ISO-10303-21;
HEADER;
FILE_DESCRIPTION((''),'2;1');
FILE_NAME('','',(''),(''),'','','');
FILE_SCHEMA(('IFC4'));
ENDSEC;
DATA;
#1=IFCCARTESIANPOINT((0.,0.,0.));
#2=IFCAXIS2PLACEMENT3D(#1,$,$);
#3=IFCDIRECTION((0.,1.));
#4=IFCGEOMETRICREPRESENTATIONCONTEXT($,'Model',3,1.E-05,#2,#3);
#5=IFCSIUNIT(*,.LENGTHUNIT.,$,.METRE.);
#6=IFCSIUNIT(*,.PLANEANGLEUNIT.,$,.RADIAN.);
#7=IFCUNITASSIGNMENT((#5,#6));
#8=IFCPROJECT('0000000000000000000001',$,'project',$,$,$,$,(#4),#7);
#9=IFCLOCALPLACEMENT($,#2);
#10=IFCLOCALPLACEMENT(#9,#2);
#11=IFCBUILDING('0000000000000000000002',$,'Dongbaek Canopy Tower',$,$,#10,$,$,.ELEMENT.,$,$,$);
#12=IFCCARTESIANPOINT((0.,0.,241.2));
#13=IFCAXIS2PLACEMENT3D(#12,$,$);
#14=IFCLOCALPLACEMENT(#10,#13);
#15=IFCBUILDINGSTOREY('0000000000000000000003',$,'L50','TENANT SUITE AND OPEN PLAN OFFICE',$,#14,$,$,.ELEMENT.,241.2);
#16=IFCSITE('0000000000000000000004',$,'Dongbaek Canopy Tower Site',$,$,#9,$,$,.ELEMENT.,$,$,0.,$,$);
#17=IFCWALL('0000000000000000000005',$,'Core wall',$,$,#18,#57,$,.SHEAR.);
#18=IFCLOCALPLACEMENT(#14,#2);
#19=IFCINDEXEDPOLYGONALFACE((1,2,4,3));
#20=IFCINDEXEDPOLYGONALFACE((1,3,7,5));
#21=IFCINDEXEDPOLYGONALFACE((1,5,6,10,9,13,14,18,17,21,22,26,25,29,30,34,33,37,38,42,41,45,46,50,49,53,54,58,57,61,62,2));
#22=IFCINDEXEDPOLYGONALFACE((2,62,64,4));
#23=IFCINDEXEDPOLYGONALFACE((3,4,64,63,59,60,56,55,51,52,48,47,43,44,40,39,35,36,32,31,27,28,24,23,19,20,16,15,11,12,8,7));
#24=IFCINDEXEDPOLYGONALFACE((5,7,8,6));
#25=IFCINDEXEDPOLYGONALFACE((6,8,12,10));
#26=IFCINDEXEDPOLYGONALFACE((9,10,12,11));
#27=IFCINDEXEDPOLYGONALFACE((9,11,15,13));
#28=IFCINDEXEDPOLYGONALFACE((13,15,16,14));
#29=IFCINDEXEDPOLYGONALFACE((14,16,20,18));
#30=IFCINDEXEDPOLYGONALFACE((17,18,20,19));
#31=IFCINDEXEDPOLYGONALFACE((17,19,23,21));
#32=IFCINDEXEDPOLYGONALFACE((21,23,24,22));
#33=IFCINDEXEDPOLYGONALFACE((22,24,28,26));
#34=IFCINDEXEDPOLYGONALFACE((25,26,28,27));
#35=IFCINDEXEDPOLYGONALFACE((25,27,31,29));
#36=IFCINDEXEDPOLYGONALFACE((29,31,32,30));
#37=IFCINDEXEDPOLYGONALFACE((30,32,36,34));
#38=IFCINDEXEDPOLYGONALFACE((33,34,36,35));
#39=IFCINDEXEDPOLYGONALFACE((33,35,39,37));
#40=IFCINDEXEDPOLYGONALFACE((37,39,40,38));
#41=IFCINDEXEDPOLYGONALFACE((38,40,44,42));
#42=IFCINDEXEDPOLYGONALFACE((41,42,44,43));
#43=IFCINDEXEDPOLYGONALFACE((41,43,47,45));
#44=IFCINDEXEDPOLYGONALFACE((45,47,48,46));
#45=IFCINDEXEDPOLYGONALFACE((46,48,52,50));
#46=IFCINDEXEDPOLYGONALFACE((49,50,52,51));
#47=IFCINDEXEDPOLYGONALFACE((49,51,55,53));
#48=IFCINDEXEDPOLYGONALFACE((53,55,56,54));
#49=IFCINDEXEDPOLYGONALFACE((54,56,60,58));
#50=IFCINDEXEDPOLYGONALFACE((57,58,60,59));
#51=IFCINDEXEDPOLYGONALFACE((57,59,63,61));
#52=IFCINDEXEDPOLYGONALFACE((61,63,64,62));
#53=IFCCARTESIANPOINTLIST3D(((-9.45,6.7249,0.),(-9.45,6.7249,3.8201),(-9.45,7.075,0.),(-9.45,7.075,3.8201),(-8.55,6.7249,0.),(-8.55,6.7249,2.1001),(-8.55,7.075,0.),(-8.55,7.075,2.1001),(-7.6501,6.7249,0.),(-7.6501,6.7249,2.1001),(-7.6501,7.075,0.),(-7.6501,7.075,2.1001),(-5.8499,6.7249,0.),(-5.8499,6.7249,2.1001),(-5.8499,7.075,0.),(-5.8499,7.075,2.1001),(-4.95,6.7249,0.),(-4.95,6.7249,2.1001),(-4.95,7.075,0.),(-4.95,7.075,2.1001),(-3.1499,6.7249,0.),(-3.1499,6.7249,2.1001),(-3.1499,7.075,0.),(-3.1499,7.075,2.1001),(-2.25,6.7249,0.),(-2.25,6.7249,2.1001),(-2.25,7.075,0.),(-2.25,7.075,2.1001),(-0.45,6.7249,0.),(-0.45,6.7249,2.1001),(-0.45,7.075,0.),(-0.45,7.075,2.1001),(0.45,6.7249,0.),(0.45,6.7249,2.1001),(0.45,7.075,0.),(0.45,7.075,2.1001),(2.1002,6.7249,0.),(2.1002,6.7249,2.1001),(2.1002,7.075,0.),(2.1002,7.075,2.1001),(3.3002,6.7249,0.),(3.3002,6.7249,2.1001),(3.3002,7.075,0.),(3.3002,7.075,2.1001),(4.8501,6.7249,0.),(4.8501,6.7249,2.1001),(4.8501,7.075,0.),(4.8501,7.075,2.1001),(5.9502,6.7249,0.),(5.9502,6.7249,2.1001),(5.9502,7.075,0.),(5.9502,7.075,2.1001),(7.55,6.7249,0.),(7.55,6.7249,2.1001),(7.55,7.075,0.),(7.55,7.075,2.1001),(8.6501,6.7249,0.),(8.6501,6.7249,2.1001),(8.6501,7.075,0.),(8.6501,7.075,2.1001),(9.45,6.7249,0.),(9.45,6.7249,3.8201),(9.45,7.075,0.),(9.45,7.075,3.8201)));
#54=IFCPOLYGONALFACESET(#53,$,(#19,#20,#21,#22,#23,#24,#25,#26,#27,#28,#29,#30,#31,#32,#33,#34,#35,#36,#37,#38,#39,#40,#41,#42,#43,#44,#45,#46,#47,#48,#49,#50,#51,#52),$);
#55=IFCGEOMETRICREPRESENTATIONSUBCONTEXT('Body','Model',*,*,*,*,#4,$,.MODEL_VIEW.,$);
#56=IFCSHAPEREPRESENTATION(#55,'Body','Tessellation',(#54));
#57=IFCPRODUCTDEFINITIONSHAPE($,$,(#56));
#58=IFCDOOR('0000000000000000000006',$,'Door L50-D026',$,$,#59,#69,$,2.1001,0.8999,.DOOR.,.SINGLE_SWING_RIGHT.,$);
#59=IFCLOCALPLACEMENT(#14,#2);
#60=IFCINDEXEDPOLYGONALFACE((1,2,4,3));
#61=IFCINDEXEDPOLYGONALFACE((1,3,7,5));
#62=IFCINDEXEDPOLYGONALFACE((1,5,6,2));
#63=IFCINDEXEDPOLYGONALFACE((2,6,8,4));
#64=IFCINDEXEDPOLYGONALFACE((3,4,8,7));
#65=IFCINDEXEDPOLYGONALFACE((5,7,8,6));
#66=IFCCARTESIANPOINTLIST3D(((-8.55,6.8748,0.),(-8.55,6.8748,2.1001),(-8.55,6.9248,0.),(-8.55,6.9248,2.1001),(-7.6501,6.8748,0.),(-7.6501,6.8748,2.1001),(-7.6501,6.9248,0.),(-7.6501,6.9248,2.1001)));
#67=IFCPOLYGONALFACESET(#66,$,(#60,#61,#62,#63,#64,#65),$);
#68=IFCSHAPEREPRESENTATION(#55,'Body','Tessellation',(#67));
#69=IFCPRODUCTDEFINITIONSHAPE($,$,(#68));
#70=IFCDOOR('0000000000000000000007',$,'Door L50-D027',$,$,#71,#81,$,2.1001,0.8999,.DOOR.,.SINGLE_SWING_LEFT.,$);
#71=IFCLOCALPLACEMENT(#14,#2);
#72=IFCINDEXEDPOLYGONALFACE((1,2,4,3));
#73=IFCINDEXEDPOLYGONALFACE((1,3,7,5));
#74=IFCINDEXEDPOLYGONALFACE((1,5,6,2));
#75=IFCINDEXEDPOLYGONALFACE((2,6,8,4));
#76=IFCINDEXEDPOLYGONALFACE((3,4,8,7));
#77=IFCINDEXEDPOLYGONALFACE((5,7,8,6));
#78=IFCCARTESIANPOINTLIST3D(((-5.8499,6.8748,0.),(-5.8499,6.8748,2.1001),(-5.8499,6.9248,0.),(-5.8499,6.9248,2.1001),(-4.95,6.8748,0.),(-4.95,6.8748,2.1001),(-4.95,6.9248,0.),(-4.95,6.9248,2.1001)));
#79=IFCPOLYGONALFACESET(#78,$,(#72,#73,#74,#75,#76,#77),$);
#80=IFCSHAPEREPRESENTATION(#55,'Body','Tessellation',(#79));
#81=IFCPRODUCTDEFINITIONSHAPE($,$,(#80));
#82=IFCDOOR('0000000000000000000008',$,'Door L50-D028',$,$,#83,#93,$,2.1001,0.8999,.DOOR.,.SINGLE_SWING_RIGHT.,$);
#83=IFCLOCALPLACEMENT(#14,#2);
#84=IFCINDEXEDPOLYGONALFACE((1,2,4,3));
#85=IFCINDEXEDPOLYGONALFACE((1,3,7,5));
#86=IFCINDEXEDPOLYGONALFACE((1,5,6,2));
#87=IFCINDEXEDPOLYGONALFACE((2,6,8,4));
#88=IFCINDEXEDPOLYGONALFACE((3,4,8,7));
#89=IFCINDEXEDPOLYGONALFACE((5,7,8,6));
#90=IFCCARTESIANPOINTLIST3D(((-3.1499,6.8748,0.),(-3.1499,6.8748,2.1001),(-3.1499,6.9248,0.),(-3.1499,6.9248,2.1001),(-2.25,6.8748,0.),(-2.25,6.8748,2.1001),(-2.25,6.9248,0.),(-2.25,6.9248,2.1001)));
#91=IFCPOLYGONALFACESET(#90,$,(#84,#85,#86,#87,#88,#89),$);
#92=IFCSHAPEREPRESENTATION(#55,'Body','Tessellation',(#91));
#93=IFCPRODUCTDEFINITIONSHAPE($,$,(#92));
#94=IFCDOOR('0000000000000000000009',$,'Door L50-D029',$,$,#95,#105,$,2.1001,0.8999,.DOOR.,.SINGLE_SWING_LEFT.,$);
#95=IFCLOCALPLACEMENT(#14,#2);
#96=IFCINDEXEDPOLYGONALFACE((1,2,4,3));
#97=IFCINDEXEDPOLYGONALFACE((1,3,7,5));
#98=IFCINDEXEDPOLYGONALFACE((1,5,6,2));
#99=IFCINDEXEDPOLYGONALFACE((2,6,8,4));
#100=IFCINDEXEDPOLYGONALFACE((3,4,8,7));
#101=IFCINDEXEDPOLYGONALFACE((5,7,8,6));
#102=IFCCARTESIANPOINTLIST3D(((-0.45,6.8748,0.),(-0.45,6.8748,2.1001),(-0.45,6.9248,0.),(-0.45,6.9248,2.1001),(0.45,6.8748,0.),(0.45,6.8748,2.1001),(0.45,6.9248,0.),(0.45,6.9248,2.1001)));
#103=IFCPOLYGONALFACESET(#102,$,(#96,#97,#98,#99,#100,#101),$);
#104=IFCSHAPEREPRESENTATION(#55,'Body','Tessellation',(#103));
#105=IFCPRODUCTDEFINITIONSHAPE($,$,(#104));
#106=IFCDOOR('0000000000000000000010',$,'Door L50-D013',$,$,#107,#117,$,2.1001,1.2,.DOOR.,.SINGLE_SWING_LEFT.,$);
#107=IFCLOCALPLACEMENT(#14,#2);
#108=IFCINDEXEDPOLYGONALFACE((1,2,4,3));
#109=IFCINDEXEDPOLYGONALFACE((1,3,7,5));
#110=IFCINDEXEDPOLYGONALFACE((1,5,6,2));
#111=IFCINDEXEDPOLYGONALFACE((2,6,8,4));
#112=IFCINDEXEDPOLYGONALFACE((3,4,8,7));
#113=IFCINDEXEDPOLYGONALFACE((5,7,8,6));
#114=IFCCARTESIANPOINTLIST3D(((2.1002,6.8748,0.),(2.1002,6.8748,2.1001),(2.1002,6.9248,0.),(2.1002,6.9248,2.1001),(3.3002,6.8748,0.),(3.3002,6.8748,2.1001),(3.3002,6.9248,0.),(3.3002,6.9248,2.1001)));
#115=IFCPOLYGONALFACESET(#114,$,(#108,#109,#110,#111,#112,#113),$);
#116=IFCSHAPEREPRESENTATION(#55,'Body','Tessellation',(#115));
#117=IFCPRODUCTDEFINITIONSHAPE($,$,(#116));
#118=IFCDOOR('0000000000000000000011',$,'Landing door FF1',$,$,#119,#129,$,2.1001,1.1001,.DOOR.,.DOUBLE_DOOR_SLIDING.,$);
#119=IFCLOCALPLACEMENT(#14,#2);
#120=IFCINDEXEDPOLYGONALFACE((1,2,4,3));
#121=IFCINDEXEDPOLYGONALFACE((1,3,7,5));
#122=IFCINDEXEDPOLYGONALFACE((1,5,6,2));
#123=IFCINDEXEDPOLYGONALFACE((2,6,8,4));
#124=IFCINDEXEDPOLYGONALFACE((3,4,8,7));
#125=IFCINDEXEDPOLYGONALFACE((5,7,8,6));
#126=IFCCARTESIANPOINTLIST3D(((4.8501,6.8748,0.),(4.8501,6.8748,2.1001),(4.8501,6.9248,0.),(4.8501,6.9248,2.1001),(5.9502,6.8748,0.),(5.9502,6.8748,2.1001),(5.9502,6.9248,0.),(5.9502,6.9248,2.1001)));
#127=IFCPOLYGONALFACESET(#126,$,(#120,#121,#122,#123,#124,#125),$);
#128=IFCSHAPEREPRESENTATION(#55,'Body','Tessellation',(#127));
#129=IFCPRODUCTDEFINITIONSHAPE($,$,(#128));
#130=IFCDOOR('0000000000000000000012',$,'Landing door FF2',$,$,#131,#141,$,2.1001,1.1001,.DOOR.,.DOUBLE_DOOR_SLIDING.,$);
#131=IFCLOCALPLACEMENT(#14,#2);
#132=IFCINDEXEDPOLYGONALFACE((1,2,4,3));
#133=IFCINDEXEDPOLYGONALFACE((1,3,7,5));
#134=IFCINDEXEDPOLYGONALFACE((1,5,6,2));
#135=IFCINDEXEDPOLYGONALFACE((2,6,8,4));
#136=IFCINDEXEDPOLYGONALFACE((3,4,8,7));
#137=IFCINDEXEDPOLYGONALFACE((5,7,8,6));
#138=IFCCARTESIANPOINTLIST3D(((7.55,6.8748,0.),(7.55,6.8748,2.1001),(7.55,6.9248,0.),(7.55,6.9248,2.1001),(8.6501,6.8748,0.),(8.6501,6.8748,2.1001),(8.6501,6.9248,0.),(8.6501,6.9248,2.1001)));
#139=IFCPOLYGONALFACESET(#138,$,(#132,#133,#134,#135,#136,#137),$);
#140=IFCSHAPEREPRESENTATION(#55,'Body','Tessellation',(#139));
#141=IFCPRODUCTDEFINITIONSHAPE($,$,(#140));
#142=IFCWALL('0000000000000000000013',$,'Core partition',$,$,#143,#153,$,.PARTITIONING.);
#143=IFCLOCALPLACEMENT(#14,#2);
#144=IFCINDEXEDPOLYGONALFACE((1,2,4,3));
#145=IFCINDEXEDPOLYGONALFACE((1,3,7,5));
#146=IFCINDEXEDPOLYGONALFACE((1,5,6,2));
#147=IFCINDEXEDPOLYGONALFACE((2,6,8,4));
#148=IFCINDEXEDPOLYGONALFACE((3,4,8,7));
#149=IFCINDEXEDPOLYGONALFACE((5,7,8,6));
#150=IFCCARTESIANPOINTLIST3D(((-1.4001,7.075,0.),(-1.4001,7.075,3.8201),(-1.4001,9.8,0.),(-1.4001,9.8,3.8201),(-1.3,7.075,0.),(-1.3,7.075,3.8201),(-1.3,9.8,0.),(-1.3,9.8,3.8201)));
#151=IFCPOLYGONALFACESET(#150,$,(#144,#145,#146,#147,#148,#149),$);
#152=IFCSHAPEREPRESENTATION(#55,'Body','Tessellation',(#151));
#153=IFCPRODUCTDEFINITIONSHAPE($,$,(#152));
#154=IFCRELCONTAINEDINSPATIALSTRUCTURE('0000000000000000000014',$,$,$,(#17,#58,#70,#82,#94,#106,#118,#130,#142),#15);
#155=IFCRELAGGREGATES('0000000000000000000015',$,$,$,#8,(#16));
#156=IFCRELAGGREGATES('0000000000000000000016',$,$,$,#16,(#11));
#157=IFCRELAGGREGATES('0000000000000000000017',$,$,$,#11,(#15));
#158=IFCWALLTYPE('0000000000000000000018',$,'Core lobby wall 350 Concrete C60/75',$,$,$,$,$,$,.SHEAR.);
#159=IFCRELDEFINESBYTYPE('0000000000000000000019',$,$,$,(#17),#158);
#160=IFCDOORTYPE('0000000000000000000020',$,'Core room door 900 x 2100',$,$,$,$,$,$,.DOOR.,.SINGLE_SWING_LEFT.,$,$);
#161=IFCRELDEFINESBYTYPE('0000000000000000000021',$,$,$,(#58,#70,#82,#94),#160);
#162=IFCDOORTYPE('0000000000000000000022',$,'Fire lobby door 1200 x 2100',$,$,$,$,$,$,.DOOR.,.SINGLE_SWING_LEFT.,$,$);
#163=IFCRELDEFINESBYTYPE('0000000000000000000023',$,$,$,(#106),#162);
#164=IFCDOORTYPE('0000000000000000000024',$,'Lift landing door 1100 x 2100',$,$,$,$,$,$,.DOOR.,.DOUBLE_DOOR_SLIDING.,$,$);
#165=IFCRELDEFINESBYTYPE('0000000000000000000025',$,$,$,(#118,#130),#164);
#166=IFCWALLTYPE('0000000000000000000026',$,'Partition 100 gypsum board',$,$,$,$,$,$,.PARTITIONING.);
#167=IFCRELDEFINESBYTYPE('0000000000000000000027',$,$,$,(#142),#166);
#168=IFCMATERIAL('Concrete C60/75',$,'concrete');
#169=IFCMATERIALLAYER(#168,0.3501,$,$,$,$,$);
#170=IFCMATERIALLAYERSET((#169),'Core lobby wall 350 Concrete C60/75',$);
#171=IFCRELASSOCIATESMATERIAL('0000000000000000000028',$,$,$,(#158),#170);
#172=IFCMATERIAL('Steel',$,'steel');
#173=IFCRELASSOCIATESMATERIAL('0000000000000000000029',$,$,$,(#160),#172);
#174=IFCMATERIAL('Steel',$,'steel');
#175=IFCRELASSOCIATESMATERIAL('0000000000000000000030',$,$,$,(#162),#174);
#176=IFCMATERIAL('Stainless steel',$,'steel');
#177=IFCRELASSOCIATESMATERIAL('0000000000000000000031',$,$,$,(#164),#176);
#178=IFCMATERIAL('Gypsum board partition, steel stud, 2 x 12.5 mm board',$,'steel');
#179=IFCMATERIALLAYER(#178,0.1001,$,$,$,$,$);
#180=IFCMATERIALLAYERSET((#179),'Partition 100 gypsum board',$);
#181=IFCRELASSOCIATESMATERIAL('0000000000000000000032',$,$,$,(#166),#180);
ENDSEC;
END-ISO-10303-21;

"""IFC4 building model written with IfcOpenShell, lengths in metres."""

from ifc_helpers import new_model, si_unit, direction, frame, frame_2d, origin, place, context, subcontext, project, spatial, rectangle, extrude, material, layer, layer_set, type_object, element, fill, save


model = new_model("IFC4")

# Units and contexts
model_context = context("Model", 3, precision=1e-05, world=origin(), true_north=direction((0.0, 1.0)))
body_context = subcontext(model_context, "Body", "Model", "MODEL_VIEW")
ifc_project = project(units=[si_unit("LENGTHUNIT", "METRE"), si_unit("PLANEANGLEUNIT", "RADIAN")], contexts=[model_context])

# Site, building, storey
site_placement = place(None, origin())
site = spatial("IfcSite", under=ifc_project, at=site_placement, Name="Dongbaek Canopy Tower Site", CompositionType="ELEMENT", RefElevation=0.0)
building_placement = place(site_placement, origin())
building = spatial("IfcBuilding", under=site, at=building_placement, Name="Dongbaek Canopy Tower", CompositionType="ELEMENT")
storey_placement = place(building_placement, frame((0.0, 0.0, 241.2)))
storey = spatial("IfcBuildingStorey", under=building, at=storey_placement, Name="L50", Description="TENANT SUITE AND OPEN PLAN OFFICE", CompositionType="ELEMENT", Elevation=241.2)

# Wall, openings, doors
ifc_material_1 = material(Name="Concrete C60/75", Category="concrete")
ifc_layer_1 = layer(ifc_material_1, 0.3501)
ifc_layer_set_1 = layer_set([ifc_layer_1], Name="Core lobby wall 350 Concrete C60/75")
wall_type_1 = type_object("IfcWallType", Name="Core lobby wall 350 Concrete C60/75", PredefinedType="SHEAR", material=ifc_layer_set_1)
wall_1_placement = place(storey_placement, frame((-9.45, 6.8999, 0.0), z_axis=(0.0, 0.0, 1.0), x_axis=(1.0, 0.0, 0.0)))
wall_1 = element("IfcWall", 1, at=wall_1_placement, inside=storey, type_object=wall_type_1, Name="Core wall", PredefinedType="SHEAR", context=body_context, shape_type="SweptSolid", body=[
    extrude(rectangle(XDim=18.8999, YDim=0.3501, at=frame_2d((9.45, 0.0))), origin(), (0.0, 0.0, 1.0), 3.8201),
])
opening_1_placement = place(wall_1_placement, frame((11.55, 0.0, 0.0)))
opening_1 = element("IfcOpeningElement", 2, at=opening_1_placement, cuts=wall_1, PredefinedType="OPENING", context=body_context, shape_type="SweptSolid", body=[
    extrude(rectangle(XDim=1.2, YDim=2.1001, at=frame_2d((0.6001, 1.05))), frame((0.0, 0.1851, 0.0), z_axis=(0.0, -1.0, 0.0), x_axis=(1.0, 0.0, 0.0)), (0.0, 0.0, 1.0), 0.3701),
])
opening_2_placement = place(wall_1_placement, frame((14.3, 0.0, 0.0)))
opening_2 = element("IfcOpeningElement", 3, at=opening_2_placement, cuts=wall_1, PredefinedType="OPENING", context=body_context, shape_type="SweptSolid", body=[
    extrude(rectangle(XDim=1.1001, YDim=2.1001, at=frame_2d((0.55, 1.05))), frame((0.0, 0.1851, 0.0), z_axis=(0.0, -1.0, 0.0), x_axis=(1.0, 0.0, 0.0)), (0.0, 0.0, 1.0), 0.3701),
])
opening_3_placement = place(wall_1_placement, frame((17.0, 0.0, 0.0)))
opening_3 = element("IfcOpeningElement", 4, at=opening_3_placement, cuts=wall_1, PredefinedType="OPENING", context=body_context, shape_type="SweptSolid", body=[
    extrude(rectangle(XDim=1.1001, YDim=2.1001, at=frame_2d((0.55, 1.05))), frame((0.0, 0.1851, 0.0), z_axis=(0.0, -1.0, 0.0), x_axis=(1.0, 0.0, 0.0)), (0.0, 0.0, 1.0), 0.3701),
])
opening_4_placement = place(wall_1_placement, frame((0.8999, 0.0, 0.0)))
opening_4 = element("IfcOpeningElement", 5, at=opening_4_placement, cuts=wall_1, PredefinedType="OPENING", context=body_context, shape_type="SweptSolid", body=[
    extrude(rectangle(XDim=0.8999, YDim=2.1001, at=frame_2d((0.45, 1.05))), frame((0.0, 0.1851, 0.0), z_axis=(0.0, -1.0, 0.0), x_axis=(1.0, 0.0, 0.0)), (0.0, 0.0, 1.0), 0.3701),
])
opening_5_placement = place(wall_1_placement, frame((3.6001, 0.0, 0.0)))
opening_5 = element("IfcOpeningElement", 6, at=opening_5_placement, cuts=wall_1, PredefinedType="OPENING", context=body_context, shape_type="SweptSolid", body=[
    extrude(rectangle(XDim=0.8999, YDim=2.1001, at=frame_2d((0.45, 1.05))), frame((0.0, 0.1851, 0.0), z_axis=(0.0, -1.0, 0.0), x_axis=(1.0, 0.0, 0.0)), (0.0, 0.0, 1.0), 0.3701),
])
opening_6_placement = place(wall_1_placement, frame((6.3, 0.0, 0.0)))
opening_6 = element("IfcOpeningElement", 7, at=opening_6_placement, cuts=wall_1, PredefinedType="OPENING", context=body_context, shape_type="SweptSolid", body=[
    extrude(rectangle(XDim=0.8999, YDim=2.1001, at=frame_2d((0.45, 1.05))), frame((0.0, 0.1851, 0.0), z_axis=(0.0, -1.0, 0.0), x_axis=(1.0, 0.0, 0.0)), (0.0, 0.0, 1.0), 0.3701),
])
opening_7_placement = place(wall_1_placement, frame((9.0, 0.0, 0.0)))
opening_7 = element("IfcOpeningElement", 8, at=opening_7_placement, cuts=wall_1, PredefinedType="OPENING", context=body_context, shape_type="SweptSolid", body=[
    extrude(rectangle(XDim=0.8999, YDim=2.1001, at=frame_2d((0.45, 1.05))), frame((0.0, 0.1851, 0.0), z_axis=(0.0, -1.0, 0.0), x_axis=(1.0, 0.0, 0.0)), (0.0, 0.0, 1.0), 0.3701),
])
ifc_material_2 = material(Name="Steel", Category="steel")
door_type_1 = type_object("IfcDoorType", Name="Core room door 900 x 2100", OperationType="SINGLE_SWING_LEFT", PredefinedType="DOOR", material=ifc_material_2)
door_1_placement = place(opening_4_placement, origin())
door_1 = element("IfcDoor", 9, at=door_1_placement, inside=storey, type_object=door_type_1, Name="Door L50-D026", OperationType="SINGLE_SWING_RIGHT", OverallHeight=2.1001, OverallWidth=0.8999, PredefinedType="DOOR", context=body_context, shape_type="SweptSolid", body=[
    extrude(rectangle(XDim=0.8999, YDim=2.1001, at=frame_2d((0.45, 1.05))), frame((0.0, 0.0249, 0.0), z_axis=(0.0, -1.0, 0.0), x_axis=(1.0, 0.0, 0.0)), (0.0, 0.0, 1.0), 0.05),
])
fill(opening_4, door_1)
door_2_placement = place(opening_5_placement, origin())
door_2 = element("IfcDoor", 10, at=door_2_placement, inside=storey, type_object=door_type_1, Name="Door L50-D027", OperationType="SINGLE_SWING_LEFT", OverallHeight=2.1001, OverallWidth=0.8999, PredefinedType="DOOR", context=body_context, shape_type="SweptSolid", body=[
    extrude(rectangle(XDim=0.8999, YDim=2.1001, at=frame_2d((0.45, 1.05))), frame((0.0, 0.0249, 0.0), z_axis=(0.0, -1.0, 0.0), x_axis=(1.0, 0.0, 0.0)), (0.0, 0.0, 1.0), 0.05),
])
fill(opening_5, door_2)
door_3_placement = place(opening_6_placement, origin())
door_3 = element("IfcDoor", 11, at=door_3_placement, inside=storey, type_object=door_type_1, Name="Door L50-D028", OperationType="SINGLE_SWING_RIGHT", OverallHeight=2.1001, OverallWidth=0.8999, PredefinedType="DOOR", context=body_context, shape_type="SweptSolid", body=[
    extrude(rectangle(XDim=0.8999, YDim=2.1001, at=frame_2d((0.45, 1.05))), frame((0.0, 0.0249, 0.0), z_axis=(0.0, -1.0, 0.0), x_axis=(1.0, 0.0, 0.0)), (0.0, 0.0, 1.0), 0.05),
])
fill(opening_6, door_3)
door_4_placement = place(opening_7_placement, origin())
door_4 = element("IfcDoor", 12, at=door_4_placement, inside=storey, type_object=door_type_1, Name="Door L50-D029", OperationType="SINGLE_SWING_LEFT", OverallHeight=2.1001, OverallWidth=0.8999, PredefinedType="DOOR", context=body_context, shape_type="SweptSolid", body=[
    extrude(rectangle(XDim=0.8999, YDim=2.1001, at=frame_2d((0.45, 1.05))), frame((0.0, 0.0249, 0.0), z_axis=(0.0, -1.0, 0.0), x_axis=(1.0, 0.0, 0.0)), (0.0, 0.0, 1.0), 0.05),
])
fill(opening_7, door_4)
ifc_material_3 = material(Name="Steel", Category="steel")
door_type_2 = type_object("IfcDoorType", Name="Fire lobby door 1200 x 2100", OperationType="SINGLE_SWING_LEFT", PredefinedType="DOOR", material=ifc_material_3)
door_5_placement = place(opening_1_placement, origin())
door_5 = element("IfcDoor", 13, at=door_5_placement, inside=storey, type_object=door_type_2, Name="Door L50-D013", OperationType="SINGLE_SWING_LEFT", OverallHeight=2.1001, OverallWidth=1.2, PredefinedType="DOOR", context=body_context, shape_type="SweptSolid", body=[
    extrude(rectangle(XDim=1.2, YDim=2.1001, at=frame_2d((0.6001, 1.05))), frame((0.0, 0.0249, 0.0), z_axis=(0.0, -1.0, 0.0), x_axis=(1.0, 0.0, 0.0)), (0.0, 0.0, 1.0), 0.05),
])
fill(opening_1, door_5)
ifc_material_4 = material(Name="Stainless steel", Category="steel")
door_type_3 = type_object("IfcDoorType", Name="Lift landing door 1100 x 2100", OperationType="DOUBLE_DOOR_SLIDING", PredefinedType="DOOR", material=ifc_material_4)
door_6_placement = place(opening_2_placement, origin())
door_6 = element("IfcDoor", 14, at=door_6_placement, inside=storey, type_object=door_type_3, Name="Landing door FF1", OperationType="DOUBLE_DOOR_SLIDING", OverallHeight=2.1001, OverallWidth=1.1001, PredefinedType="DOOR", context=body_context, shape_type="SweptSolid", body=[
    extrude(rectangle(XDim=1.1001, YDim=2.1001, at=frame_2d((0.55, 1.05))), frame((0.0, 0.0249, 0.0), z_axis=(0.0, -1.0, 0.0), x_axis=(1.0, 0.0, 0.0)), (0.0, 0.0, 1.0), 0.05),
])
fill(opening_2, door_6)
door_7_placement = place(opening_3_placement, origin())
door_7 = element("IfcDoor", 15, at=door_7_placement, inside=storey, type_object=door_type_3, Name="Landing door FF2", OperationType="DOUBLE_DOOR_SLIDING", OverallHeight=2.1001, OverallWidth=1.1001, PredefinedType="DOOR", context=body_context, shape_type="SweptSolid", body=[
    extrude(rectangle(XDim=1.1001, YDim=2.1001, at=frame_2d((0.55, 1.05))), frame((0.0, 0.0249, 0.0), z_axis=(0.0, -1.0, 0.0), x_axis=(1.0, 0.0, 0.0)), (0.0, 0.0, 1.0), 0.05),
])
fill(opening_3, door_7)

# Wall
ifc_material_5 = material(Name="Gypsum board partition, steel stud, 2 x 12.5 mm board", Category="steel")
ifc_layer_2 = layer(ifc_material_5, 0.1001)
ifc_layer_set_2 = layer_set([ifc_layer_2], Name="Partition 100 gypsum board")
wall_type_2 = type_object("IfcWallType", Name="Partition 100 gypsum board", PredefinedType="PARTITIONING", material=ifc_layer_set_2)
for number, where, z_axis, x_axis, name in (
    (16, (-1.3501, 7.075, 0.0), (0.0, 0.0, 1.0), (0.0, 1.0, 0.0), "Core partition"),
):
    element("IfcWall", number, at=place(storey_placement, frame(where, z_axis=z_axis, x_axis=x_axis)), inside=storey, type_object=wall_type_2, Name=name, PredefinedType="PARTITIONING", context=body_context, shape_type="SweptSolid", body=[
        extrude(rectangle(XDim=2.7251, YDim=0.1001, at=frame_2d((1.3625, 0.0))), origin(), (0.0, 0.0, 1.0), 3.8201),
    ])

save(model, "model.ifc")
